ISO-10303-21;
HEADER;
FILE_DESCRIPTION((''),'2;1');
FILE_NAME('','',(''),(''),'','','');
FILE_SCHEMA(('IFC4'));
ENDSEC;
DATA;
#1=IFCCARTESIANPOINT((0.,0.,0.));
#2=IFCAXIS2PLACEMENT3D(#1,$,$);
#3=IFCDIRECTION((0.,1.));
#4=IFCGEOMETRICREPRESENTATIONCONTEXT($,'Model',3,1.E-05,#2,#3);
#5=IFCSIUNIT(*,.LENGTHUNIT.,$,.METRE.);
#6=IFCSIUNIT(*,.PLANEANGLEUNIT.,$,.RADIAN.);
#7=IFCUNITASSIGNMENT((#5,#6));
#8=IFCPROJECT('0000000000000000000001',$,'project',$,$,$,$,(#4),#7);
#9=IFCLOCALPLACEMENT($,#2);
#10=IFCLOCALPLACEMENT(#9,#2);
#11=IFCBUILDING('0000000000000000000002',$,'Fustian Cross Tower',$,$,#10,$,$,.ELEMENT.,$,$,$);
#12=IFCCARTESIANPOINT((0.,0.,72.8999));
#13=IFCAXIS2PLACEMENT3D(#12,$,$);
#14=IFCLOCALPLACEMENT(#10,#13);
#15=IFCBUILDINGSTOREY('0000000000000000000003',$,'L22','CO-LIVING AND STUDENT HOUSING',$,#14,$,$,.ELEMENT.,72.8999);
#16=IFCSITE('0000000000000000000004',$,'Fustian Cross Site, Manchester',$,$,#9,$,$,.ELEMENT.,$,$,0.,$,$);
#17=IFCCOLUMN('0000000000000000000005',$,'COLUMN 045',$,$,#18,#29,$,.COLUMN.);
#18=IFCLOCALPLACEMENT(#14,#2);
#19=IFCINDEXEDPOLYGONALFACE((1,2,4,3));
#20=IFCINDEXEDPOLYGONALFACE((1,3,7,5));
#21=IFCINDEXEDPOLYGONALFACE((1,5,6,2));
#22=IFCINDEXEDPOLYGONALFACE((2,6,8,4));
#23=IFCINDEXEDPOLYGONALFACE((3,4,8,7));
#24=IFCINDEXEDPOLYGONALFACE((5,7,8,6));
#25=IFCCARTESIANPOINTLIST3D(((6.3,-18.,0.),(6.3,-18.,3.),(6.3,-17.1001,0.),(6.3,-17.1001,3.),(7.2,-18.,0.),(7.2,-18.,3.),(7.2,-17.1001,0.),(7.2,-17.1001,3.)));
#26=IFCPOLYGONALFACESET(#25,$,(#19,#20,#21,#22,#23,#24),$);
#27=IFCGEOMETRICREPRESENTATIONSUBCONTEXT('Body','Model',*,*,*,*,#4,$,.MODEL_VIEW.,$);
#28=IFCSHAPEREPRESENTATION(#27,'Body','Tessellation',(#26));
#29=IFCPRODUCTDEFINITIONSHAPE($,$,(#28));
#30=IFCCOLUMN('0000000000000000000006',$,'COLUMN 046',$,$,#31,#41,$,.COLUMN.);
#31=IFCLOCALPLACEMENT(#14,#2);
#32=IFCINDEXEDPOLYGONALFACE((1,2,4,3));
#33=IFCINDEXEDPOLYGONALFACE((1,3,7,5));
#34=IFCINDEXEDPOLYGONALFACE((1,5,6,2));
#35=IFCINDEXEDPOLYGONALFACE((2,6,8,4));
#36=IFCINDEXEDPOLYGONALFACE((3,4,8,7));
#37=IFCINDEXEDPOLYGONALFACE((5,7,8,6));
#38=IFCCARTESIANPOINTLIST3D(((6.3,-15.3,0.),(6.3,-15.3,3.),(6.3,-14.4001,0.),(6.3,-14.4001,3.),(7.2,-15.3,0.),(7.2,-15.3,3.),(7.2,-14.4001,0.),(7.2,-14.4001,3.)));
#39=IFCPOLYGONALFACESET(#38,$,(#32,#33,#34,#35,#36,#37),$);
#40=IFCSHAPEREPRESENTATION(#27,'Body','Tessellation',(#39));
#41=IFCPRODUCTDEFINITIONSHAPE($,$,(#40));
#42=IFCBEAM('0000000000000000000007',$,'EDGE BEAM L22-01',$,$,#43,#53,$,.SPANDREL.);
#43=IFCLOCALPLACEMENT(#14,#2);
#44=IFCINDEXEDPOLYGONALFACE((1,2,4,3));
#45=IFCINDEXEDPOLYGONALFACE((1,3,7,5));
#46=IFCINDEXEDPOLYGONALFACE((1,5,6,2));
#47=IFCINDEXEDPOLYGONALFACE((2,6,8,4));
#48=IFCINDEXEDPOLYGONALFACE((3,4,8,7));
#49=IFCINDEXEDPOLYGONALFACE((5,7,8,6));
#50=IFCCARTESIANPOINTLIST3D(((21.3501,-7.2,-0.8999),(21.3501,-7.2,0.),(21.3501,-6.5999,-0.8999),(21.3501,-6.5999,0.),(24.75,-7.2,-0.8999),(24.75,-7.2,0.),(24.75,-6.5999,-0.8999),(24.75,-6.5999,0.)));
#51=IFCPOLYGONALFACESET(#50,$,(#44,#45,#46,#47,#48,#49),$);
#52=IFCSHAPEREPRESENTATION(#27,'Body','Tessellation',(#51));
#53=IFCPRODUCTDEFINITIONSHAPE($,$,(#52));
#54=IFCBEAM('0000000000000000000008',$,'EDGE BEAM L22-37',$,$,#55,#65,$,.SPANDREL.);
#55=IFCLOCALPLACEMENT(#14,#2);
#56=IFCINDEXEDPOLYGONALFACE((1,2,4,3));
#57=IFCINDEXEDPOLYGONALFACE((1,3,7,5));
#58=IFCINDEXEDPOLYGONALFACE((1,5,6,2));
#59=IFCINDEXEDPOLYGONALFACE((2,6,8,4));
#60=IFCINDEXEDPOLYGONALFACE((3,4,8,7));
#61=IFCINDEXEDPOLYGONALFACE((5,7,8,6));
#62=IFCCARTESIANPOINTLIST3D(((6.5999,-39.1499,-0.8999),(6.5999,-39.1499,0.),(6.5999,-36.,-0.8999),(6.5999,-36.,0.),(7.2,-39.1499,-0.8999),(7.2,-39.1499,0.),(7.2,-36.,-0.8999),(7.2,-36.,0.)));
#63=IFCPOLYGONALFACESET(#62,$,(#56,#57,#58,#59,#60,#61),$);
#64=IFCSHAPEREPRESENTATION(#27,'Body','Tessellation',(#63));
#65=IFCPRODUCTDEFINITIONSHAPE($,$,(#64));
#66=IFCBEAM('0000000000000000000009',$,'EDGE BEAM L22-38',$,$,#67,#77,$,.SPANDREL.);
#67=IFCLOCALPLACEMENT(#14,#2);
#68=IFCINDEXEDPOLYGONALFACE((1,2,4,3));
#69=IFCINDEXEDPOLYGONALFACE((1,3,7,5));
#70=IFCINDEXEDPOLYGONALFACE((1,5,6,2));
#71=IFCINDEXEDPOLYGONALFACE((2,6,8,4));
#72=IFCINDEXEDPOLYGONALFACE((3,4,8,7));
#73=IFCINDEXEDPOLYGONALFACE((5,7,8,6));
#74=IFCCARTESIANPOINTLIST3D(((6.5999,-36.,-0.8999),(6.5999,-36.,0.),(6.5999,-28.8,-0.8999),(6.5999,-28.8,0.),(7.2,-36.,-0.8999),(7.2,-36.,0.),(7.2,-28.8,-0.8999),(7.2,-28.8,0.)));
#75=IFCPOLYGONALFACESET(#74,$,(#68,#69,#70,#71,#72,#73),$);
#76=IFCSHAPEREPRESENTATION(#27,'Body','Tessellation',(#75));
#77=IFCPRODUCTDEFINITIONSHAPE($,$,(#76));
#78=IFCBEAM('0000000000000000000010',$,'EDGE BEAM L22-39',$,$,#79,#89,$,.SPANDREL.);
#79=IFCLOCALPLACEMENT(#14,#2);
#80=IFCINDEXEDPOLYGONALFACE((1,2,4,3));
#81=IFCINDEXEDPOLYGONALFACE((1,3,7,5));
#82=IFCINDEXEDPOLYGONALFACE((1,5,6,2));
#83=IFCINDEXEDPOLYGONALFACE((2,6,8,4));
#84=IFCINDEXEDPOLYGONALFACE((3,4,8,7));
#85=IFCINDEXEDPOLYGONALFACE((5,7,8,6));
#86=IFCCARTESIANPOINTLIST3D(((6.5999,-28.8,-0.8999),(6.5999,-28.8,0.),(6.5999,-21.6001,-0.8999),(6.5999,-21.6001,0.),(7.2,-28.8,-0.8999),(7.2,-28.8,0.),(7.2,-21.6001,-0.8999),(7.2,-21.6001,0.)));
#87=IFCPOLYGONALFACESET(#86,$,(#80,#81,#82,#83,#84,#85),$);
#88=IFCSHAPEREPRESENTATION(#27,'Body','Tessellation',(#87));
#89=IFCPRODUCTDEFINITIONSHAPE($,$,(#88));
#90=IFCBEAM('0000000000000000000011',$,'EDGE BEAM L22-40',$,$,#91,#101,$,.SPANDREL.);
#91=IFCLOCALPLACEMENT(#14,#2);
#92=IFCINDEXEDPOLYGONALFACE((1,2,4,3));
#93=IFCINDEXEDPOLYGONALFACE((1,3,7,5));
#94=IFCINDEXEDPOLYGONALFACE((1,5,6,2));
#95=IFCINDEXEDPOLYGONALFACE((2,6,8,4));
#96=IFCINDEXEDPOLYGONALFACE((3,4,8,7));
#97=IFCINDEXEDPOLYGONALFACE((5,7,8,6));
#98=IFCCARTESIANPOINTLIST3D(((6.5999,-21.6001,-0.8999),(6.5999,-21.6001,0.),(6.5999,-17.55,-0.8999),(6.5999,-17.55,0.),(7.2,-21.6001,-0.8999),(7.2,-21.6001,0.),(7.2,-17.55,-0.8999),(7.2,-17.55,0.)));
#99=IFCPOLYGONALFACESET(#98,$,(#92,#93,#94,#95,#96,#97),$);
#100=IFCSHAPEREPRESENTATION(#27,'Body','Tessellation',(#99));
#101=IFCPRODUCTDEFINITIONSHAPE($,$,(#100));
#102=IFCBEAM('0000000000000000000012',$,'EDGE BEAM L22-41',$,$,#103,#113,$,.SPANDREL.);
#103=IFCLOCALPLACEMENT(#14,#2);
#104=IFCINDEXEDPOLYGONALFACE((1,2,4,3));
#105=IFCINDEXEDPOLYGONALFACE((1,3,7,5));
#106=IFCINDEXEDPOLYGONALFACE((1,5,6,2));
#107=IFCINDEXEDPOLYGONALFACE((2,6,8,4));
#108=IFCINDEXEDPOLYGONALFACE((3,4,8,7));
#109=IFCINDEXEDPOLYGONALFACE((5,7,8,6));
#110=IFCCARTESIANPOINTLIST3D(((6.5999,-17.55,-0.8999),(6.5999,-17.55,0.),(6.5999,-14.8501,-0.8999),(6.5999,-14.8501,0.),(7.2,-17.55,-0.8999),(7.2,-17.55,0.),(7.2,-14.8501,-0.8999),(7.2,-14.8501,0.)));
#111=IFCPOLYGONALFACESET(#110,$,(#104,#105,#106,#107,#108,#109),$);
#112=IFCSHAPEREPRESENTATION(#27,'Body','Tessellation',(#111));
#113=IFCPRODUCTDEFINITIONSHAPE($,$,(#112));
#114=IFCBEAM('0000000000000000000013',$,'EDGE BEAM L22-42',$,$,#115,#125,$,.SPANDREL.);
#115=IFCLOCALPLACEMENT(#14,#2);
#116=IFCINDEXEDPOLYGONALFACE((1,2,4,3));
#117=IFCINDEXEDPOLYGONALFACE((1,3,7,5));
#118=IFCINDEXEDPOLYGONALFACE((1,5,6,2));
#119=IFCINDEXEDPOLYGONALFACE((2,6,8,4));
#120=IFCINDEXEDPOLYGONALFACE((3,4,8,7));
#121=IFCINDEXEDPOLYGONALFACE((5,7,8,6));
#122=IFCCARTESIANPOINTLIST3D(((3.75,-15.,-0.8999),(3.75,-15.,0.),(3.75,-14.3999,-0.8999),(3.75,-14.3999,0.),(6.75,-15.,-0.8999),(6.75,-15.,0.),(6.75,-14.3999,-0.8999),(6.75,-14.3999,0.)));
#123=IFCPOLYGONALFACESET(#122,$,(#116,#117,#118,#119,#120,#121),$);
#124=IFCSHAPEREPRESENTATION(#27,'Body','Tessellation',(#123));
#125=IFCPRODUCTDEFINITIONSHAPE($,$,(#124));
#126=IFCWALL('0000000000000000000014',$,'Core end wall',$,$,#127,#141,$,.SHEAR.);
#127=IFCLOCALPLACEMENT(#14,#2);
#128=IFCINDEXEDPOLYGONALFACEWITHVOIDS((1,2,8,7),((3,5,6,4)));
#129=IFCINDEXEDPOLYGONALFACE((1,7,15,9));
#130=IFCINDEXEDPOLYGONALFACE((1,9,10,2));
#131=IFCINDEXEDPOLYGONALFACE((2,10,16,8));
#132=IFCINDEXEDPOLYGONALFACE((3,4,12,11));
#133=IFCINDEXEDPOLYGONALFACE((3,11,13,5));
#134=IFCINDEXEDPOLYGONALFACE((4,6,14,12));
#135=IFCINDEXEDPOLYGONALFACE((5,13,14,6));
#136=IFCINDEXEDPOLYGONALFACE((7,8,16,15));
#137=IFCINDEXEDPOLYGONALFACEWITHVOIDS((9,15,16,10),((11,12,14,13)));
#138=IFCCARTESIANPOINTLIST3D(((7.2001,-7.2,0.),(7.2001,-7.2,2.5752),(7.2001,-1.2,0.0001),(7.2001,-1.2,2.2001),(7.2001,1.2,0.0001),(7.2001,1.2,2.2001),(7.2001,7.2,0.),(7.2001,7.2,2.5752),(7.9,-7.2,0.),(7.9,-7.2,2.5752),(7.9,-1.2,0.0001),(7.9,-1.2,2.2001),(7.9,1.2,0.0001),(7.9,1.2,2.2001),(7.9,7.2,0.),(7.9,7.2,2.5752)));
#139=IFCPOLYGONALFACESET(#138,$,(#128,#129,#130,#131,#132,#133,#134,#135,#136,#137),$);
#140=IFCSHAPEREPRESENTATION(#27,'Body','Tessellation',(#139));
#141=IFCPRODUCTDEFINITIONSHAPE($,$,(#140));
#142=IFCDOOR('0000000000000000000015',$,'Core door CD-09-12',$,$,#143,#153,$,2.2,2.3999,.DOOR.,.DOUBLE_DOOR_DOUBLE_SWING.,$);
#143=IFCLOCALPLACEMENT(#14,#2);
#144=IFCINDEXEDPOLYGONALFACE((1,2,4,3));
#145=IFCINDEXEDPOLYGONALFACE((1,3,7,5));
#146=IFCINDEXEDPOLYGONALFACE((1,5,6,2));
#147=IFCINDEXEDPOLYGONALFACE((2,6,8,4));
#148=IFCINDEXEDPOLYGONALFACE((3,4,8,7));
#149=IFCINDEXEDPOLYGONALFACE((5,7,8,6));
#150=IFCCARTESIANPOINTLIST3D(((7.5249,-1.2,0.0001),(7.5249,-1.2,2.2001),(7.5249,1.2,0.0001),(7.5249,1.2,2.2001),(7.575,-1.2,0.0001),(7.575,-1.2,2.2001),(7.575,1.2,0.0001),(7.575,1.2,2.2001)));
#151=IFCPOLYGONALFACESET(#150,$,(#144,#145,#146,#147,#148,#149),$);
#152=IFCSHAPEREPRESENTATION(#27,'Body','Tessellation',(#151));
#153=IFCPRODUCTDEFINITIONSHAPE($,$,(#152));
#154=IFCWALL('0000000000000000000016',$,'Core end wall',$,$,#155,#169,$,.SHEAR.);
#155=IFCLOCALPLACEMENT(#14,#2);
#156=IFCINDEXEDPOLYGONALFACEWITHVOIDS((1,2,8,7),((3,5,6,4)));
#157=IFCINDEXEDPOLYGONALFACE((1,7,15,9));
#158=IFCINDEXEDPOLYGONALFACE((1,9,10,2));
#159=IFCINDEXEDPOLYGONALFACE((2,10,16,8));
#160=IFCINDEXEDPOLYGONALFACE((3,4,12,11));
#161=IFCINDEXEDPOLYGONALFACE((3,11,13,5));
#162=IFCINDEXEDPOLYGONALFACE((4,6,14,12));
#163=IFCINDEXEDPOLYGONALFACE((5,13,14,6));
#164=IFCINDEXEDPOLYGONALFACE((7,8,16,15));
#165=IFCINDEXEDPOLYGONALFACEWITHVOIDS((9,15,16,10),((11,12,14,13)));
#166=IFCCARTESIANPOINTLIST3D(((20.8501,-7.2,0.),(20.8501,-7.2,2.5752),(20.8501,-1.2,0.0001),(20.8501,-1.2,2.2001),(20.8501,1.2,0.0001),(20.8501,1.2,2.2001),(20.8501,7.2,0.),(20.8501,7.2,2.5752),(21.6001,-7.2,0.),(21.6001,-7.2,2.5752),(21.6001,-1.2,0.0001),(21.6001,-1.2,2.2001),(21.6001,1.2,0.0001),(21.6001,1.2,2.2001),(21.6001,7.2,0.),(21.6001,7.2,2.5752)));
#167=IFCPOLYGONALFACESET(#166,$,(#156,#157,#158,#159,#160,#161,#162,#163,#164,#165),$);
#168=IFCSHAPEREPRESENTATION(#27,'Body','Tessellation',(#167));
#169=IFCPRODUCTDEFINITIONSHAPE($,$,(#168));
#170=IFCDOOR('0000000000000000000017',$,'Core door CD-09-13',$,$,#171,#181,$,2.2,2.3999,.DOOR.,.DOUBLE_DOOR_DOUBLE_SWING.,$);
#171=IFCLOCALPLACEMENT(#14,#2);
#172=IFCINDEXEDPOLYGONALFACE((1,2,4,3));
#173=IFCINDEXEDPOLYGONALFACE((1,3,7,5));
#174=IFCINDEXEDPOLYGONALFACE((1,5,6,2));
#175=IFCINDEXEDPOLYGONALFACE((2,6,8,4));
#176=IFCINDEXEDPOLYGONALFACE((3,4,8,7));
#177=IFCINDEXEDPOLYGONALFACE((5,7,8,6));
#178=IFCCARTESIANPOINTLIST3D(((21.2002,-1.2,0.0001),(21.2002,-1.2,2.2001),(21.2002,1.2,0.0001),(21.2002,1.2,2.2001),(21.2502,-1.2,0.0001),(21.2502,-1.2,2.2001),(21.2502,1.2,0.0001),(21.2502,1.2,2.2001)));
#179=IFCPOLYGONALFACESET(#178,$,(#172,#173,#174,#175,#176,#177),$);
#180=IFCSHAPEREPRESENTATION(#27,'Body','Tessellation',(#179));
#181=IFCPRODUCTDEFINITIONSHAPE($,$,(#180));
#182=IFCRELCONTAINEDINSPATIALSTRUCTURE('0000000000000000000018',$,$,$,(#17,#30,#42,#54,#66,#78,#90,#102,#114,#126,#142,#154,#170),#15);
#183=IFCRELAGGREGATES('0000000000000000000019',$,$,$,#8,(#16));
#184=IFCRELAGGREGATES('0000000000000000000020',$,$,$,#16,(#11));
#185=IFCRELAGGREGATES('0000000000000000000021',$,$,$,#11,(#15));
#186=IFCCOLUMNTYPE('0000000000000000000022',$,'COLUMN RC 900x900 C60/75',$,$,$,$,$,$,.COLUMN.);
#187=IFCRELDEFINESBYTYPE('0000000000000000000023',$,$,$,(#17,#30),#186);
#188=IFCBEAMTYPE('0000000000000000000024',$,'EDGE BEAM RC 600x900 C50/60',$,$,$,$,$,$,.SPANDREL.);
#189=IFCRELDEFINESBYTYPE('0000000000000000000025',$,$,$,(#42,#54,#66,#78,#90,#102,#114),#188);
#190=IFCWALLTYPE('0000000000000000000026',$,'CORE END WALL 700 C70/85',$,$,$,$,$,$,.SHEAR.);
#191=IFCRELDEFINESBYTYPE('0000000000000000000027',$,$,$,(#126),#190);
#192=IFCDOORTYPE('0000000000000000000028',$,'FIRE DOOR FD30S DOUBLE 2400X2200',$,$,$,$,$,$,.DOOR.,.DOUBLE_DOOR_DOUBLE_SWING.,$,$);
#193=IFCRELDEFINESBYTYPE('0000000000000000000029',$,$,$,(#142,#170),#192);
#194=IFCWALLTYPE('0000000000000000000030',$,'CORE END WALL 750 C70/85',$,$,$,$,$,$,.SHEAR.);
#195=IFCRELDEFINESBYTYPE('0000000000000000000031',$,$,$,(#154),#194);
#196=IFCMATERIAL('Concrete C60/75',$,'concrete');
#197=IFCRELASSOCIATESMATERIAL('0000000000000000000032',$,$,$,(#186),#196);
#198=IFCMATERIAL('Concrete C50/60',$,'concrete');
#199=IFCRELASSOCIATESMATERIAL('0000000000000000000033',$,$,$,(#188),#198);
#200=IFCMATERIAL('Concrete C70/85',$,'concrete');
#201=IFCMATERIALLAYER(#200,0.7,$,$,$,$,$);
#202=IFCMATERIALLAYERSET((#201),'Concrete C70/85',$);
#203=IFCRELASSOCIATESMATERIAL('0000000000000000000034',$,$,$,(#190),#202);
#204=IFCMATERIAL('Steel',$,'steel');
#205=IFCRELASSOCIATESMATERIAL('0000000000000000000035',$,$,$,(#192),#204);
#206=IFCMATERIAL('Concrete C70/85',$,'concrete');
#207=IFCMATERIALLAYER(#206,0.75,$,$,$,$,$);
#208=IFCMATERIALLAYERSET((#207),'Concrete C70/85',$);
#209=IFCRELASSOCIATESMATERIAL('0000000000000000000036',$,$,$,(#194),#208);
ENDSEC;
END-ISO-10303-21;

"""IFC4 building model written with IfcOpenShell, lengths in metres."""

from ifc_helpers import new_model, si_unit, direction, frame, frame_2d, origin, origin_2d, place, context, subcontext, project, spatial, rectangle, extrude, material, layer, layer_set, material_profile, profile_set, type_object, element, fill, save


model = new_model("IFC4")

# Units and contexts
model_context = context("Model", 3, precision=1e-05, world=origin(), true_north=direction((0.0, 1.0)))
body_context = subcontext(model_context, "Body", "Model", "MODEL_VIEW")
ifc_project = project(units=[si_unit("LENGTHUNIT", "METRE"), si_unit("PLANEANGLEUNIT", "RADIAN")], contexts=[model_context])

# Site, building, storey
site_placement = place(None, origin())
site = spatial("IfcSite", under=ifc_project, at=site_placement, Name="Fustian Cross Site, Manchester", CompositionType="ELEMENT", RefElevation=0.0)
building_placement = place(site_placement, origin())
building = spatial("IfcBuilding", under=site, at=building_placement, Name="Fustian Cross Tower", CompositionType="ELEMENT")
storey_placement = place(building_placement, frame((0.0, 0.0, 72.8999)))
storey = spatial("IfcBuildingStorey", under=building, at=storey_placement, Name="L22", Description="CO-LIVING AND STUDENT HOUSING", CompositionType="ELEMENT", Elevation=72.8999)

# Columns
ifc_material_1 = material(Name="Concrete C60/75", Category="concrete")
ifc_material_profile_1 = material_profile(ifc_material_1, rectangle(XDim=0.8999, YDim=0.8999, at=origin_2d()), Name="RC 900x900")
ifc_profile_set_1 = profile_set([ifc_material_profile_1], Name="Concrete C60/75")
column_type = type_object("IfcColumnType", Name="COLUMN RC 900x900 C60/75", PredefinedType="COLUMN", material=ifc_profile_set_1)
for number, where, z_axis, x_axis, name in (
    (1, (6.75, -17.55, 0.0), (0.0, 0.0, 1.0), (1.0, 0.0, 0.0), "COLUMN 045"),
    (2, (6.75, -14.8501, 0.0), (0.0, 0.0, 1.0), (1.0, 0.0, 0.0), "COLUMN 046"),
):
    element("IfcColumn", number, at=place(storey_placement, frame(where, z_axis=z_axis, x_axis=x_axis)), inside=storey, type_object=column_type, Name=name, PredefinedType="COLUMN", context=body_context, shape_type="SweptSolid", body=[
        extrude(rectangle(XDim=0.8999, YDim=0.8999, at=origin_2d()), origin(), (0.0, 0.0, 1.0), 3.0),
    ])

# Beams
ifc_material_2 = material(Name="Concrete C50/60", Category="concrete")
ifc_material_profile_2 = material_profile(ifc_material_2, rectangle(XDim=0.6001, YDim=0.8999, at=origin_2d()), Name="RC 600x900")
ifc_profile_set_2 = profile_set([ifc_material_profile_2], Name="Concrete C50/60")
beam_type = type_object("IfcBeamType", Name="EDGE BEAM RC 600x900 C50/60", PredefinedType="SPANDREL", material=ifc_profile_set_2)
beam_1_placement = place(storey_placement, frame((21.3501, -6.8999, -0.45), z_axis=(1.0, 0.0, 0.0), x_axis=(0.0, 1.0, 0.0)))
element("IfcBeam", 3, at=beam_1_placement, inside=storey, type_object=beam_type, Name="EDGE BEAM L22-01", PredefinedType="SPANDREL", context=body_context, shape_type="SweptSolid", body=[
    extrude(rectangle(XDim=0.6001, YDim=0.8999, at=origin_2d()), origin(), (0.0, 0.0, 1.0), 3.3999),
])
beam_2_placement = place(storey_placement, frame((6.8999, -39.1499, -0.45), z_axis=(0.0, 1.0, 0.0), x_axis=(-1.0, 0.0, 0.0)))
element("IfcBeam", 4, at=beam_2_placement, inside=storey, type_object=beam_type, Name="EDGE BEAM L22-37", PredefinedType="SPANDREL", context=body_context, shape_type="SweptSolid", body=[
    extrude(rectangle(XDim=0.6001, YDim=0.8999, at=origin_2d()), origin(), (0.0, 0.0, 1.0), 3.1499),
])
for number, where, z_axis, x_axis, name in (
    (5, (6.8999, -36.0, -0.45), (0.0, 1.0, 0.0), (-1.0, 0.0, 0.0), "EDGE BEAM L22-38"),
    (6, (6.8999, -28.8, -0.45), (0.0, 1.0, 0.0), (-1.0, 0.0, 0.0), "EDGE BEAM L22-39"),
):
    element("IfcBeam", number, at=place(storey_placement, frame(where, z_axis=z_axis, x_axis=x_axis)), inside=storey, type_object=beam_type, Name=name, PredefinedType="SPANDREL", context=body_context, shape_type="SweptSolid", body=[
        extrude(rectangle(XDim=0.6001, YDim=0.8999, at=origin_2d()), origin(), (0.0, 0.0, 1.0), 7.2),
    ])
beam_3_placement = place(storey_placement, frame((6.8999, -21.6001, -0.45), z_axis=(0.0, 1.0, 0.0), x_axis=(-1.0, 0.0, 0.0)))
element("IfcBeam", 7, at=beam_3_placement, inside=storey, type_object=beam_type, Name="EDGE BEAM L22-40", PredefinedType="SPANDREL", context=body_context, shape_type="SweptSolid", body=[
    extrude(rectangle(XDim=0.6001, YDim=0.8999, at=origin_2d()), origin(), (0.0, 0.0, 1.0), 4.05),
])
beam_4_placement = place(storey_placement, frame((6.8999, -17.55, -0.45), z_axis=(0.0, 1.0, 0.0), x_axis=(-1.0, 0.0, 0.0)))
element("IfcBeam", 8, at=beam_4_placement, inside=storey, type_object=beam_type, Name="EDGE BEAM L22-41", PredefinedType="SPANDREL", context=body_context, shape_type="SweptSolid", body=[
    extrude(rectangle(XDim=0.6001, YDim=0.8999, at=origin_2d()), origin(), (0.0, 0.0, 1.0), 2.7),
])
beam_5_placement = place(storey_placement, frame((6.75, -14.7, -0.45), z_axis=(-1.0, 0.0, 0.0), x_axis=(0.0, -1.0, 0.0)))
element("IfcBeam", 9, at=beam_5_placement, inside=storey, type_object=beam_type, Name="EDGE BEAM L22-42", PredefinedType="SPANDREL", context=body_context, shape_type="SweptSolid", body=[
    extrude(rectangle(XDim=0.6001, YDim=0.8999, at=origin_2d()), origin(), (0.0, 0.0, 1.0), 3.0),
])

# Walls, openings, doors
ifc_material_3 = material(Name="Concrete C70/85", Category="concrete")
ifc_layer_1 = layer(ifc_material_3, 0.7)
ifc_layer_set_1 = layer_set([ifc_layer_1], Name="Concrete C70/85")
wall_type_1 = type_object("IfcWallType", Name="CORE END WALL 700 C70/85", PredefinedType="SHEAR", material=ifc_layer_set_1)
wall_1_placement = place(storey_placement, frame((7.55, -7.2, 0.0), z_axis=(0.0, 0.0, 1.0), x_axis=(0.0, 1.0, 0.0)))
wall_1 = element("IfcWall", 10, at=wall_1_placement, inside=storey, type_object=wall_type_1, Name="Core end wall", PredefinedType="SHEAR", context=body_context, shape_type="SweptSolid", body=[
    extrude(rectangle(XDim=14.3999, YDim=0.7, at=frame_2d((7.2, 0.0))), origin(), (0.0, 0.0, 1.0), 2.5752),
])
opening_1_placement = place(wall_1_placement, frame((6.0, 0.0, 0.0)))
opening_1 = element("IfcOpeningElement", 11, at=opening_1_placement, cuts=wall_1, PredefinedType="OPENING", context=body_context, shape_type="SweptSolid", body=[
    extrude(rectangle(XDim=2.3999, YDim=2.2, at=frame_2d((1.2, 1.1001))), frame((0.0, 0.3599, 0.0), z_axis=(0.0, -1.0, 0.0), x_axis=(1.0, 0.0, 0.0)), (0.0, 0.0, 1.0), 0.72),
])
ifc_material_4 = material(Name="Steel", Category="steel")
door_type = type_object("IfcDoorType", Name="FIRE DOOR FD30S DOUBLE 2400X2200", OperationType="DOUBLE_DOOR_DOUBLE_SWING", PredefinedType="DOOR", material=ifc_material_4)
door_1_placement = place(opening_1_placement, frame((2.3999, 0.0, 0.0), z_axis=(0.0, 0.0, 1.0), x_axis=(-1.0, 0.0, 0.0)))
door_1 = element("IfcDoor", 12, at=door_1_placement, inside=storey, type_object=door_type, Name="Core door CD-09-12", OperationType="DOUBLE_DOOR_DOUBLE_SWING", OverallHeight=2.2, OverallWidth=2.3999, PredefinedType="DOOR", context=body_context, shape_type="SweptSolid", body=[
    extrude(rectangle(XDim=2.3999, YDim=2.2, at=frame_2d((1.2, 1.1001))), frame((0.0, 0.0249, 0.0), z_axis=(0.0, -1.0, 0.0), x_axis=(1.0, 0.0, 0.0)), (0.0, 0.0, 1.0), 0.05),
])
fill(opening_1, door_1)
ifc_material_5 = material(Name="Concrete C70/85", Category="concrete")
ifc_layer_2 = layer(ifc_material_5, 0.75)
ifc_layer_set_2 = layer_set([ifc_layer_2], Name="Concrete C70/85")
wall_type_2 = type_object("IfcWallType", Name="CORE END WALL 750 C70/85", PredefinedType="SHEAR", material=ifc_layer_set_2)
wall_2_placement = place(storey_placement, frame((21.2251, -7.2, 0.0), z_axis=(0.0, 0.0, 1.0), x_axis=(0.0, 1.0, 0.0)))
wall_2 = element("IfcWall", 13, at=wall_2_placement, inside=storey, type_object=wall_type_2, Name="Core end wall", PredefinedType="SHEAR", context=body_context, shape_type="SweptSolid", body=[
    extrude(rectangle(XDim=14.3999, YDim=0.75, at=frame_2d((7.2, 0.0))), origin(), (0.0, 0.0, 1.0), 2.5752),
])
opening_2_placement = place(wall_2_placement, frame((6.0, 0.0, 0.0)))
opening_2 = element("IfcOpeningElement", 14, at=opening_2_placement, cuts=wall_2, PredefinedType="OPENING", context=body_context, shape_type="SweptSolid", body=[
    extrude(rectangle(XDim=2.3999, YDim=2.2, at=frame_2d((1.2, 1.1001))), frame((0.0, 0.385, 0.0), z_axis=(0.0, -1.0, 0.0), x_axis=(1.0, 0.0, 0.0)), (0.0, 0.0, 1.0), 0.77),
])
door_2_placement = place(opening_2_placement, origin())
door_2 = element("IfcDoor", 15, at=door_2_placement, inside=storey, type_object=door_type, Name="Core door CD-09-13", OperationType="DOUBLE_DOOR_DOUBLE_SWING", OverallHeight=2.2, OverallWidth=2.3999, PredefinedType="DOOR", context=body_context, shape_type="SweptSolid", body=[
    extrude(rectangle(XDim=2.3999, YDim=2.2, at=frame_2d((1.2, 1.1001))), frame((0.0, 0.0249, 0.0), z_axis=(0.0, -1.0, 0.0), x_axis=(1.0, 0.0, 0.0)), (0.0, 0.0, 1.0), 0.05),
])
fill(opening_2, door_2)

save(model, "model.ifc")
